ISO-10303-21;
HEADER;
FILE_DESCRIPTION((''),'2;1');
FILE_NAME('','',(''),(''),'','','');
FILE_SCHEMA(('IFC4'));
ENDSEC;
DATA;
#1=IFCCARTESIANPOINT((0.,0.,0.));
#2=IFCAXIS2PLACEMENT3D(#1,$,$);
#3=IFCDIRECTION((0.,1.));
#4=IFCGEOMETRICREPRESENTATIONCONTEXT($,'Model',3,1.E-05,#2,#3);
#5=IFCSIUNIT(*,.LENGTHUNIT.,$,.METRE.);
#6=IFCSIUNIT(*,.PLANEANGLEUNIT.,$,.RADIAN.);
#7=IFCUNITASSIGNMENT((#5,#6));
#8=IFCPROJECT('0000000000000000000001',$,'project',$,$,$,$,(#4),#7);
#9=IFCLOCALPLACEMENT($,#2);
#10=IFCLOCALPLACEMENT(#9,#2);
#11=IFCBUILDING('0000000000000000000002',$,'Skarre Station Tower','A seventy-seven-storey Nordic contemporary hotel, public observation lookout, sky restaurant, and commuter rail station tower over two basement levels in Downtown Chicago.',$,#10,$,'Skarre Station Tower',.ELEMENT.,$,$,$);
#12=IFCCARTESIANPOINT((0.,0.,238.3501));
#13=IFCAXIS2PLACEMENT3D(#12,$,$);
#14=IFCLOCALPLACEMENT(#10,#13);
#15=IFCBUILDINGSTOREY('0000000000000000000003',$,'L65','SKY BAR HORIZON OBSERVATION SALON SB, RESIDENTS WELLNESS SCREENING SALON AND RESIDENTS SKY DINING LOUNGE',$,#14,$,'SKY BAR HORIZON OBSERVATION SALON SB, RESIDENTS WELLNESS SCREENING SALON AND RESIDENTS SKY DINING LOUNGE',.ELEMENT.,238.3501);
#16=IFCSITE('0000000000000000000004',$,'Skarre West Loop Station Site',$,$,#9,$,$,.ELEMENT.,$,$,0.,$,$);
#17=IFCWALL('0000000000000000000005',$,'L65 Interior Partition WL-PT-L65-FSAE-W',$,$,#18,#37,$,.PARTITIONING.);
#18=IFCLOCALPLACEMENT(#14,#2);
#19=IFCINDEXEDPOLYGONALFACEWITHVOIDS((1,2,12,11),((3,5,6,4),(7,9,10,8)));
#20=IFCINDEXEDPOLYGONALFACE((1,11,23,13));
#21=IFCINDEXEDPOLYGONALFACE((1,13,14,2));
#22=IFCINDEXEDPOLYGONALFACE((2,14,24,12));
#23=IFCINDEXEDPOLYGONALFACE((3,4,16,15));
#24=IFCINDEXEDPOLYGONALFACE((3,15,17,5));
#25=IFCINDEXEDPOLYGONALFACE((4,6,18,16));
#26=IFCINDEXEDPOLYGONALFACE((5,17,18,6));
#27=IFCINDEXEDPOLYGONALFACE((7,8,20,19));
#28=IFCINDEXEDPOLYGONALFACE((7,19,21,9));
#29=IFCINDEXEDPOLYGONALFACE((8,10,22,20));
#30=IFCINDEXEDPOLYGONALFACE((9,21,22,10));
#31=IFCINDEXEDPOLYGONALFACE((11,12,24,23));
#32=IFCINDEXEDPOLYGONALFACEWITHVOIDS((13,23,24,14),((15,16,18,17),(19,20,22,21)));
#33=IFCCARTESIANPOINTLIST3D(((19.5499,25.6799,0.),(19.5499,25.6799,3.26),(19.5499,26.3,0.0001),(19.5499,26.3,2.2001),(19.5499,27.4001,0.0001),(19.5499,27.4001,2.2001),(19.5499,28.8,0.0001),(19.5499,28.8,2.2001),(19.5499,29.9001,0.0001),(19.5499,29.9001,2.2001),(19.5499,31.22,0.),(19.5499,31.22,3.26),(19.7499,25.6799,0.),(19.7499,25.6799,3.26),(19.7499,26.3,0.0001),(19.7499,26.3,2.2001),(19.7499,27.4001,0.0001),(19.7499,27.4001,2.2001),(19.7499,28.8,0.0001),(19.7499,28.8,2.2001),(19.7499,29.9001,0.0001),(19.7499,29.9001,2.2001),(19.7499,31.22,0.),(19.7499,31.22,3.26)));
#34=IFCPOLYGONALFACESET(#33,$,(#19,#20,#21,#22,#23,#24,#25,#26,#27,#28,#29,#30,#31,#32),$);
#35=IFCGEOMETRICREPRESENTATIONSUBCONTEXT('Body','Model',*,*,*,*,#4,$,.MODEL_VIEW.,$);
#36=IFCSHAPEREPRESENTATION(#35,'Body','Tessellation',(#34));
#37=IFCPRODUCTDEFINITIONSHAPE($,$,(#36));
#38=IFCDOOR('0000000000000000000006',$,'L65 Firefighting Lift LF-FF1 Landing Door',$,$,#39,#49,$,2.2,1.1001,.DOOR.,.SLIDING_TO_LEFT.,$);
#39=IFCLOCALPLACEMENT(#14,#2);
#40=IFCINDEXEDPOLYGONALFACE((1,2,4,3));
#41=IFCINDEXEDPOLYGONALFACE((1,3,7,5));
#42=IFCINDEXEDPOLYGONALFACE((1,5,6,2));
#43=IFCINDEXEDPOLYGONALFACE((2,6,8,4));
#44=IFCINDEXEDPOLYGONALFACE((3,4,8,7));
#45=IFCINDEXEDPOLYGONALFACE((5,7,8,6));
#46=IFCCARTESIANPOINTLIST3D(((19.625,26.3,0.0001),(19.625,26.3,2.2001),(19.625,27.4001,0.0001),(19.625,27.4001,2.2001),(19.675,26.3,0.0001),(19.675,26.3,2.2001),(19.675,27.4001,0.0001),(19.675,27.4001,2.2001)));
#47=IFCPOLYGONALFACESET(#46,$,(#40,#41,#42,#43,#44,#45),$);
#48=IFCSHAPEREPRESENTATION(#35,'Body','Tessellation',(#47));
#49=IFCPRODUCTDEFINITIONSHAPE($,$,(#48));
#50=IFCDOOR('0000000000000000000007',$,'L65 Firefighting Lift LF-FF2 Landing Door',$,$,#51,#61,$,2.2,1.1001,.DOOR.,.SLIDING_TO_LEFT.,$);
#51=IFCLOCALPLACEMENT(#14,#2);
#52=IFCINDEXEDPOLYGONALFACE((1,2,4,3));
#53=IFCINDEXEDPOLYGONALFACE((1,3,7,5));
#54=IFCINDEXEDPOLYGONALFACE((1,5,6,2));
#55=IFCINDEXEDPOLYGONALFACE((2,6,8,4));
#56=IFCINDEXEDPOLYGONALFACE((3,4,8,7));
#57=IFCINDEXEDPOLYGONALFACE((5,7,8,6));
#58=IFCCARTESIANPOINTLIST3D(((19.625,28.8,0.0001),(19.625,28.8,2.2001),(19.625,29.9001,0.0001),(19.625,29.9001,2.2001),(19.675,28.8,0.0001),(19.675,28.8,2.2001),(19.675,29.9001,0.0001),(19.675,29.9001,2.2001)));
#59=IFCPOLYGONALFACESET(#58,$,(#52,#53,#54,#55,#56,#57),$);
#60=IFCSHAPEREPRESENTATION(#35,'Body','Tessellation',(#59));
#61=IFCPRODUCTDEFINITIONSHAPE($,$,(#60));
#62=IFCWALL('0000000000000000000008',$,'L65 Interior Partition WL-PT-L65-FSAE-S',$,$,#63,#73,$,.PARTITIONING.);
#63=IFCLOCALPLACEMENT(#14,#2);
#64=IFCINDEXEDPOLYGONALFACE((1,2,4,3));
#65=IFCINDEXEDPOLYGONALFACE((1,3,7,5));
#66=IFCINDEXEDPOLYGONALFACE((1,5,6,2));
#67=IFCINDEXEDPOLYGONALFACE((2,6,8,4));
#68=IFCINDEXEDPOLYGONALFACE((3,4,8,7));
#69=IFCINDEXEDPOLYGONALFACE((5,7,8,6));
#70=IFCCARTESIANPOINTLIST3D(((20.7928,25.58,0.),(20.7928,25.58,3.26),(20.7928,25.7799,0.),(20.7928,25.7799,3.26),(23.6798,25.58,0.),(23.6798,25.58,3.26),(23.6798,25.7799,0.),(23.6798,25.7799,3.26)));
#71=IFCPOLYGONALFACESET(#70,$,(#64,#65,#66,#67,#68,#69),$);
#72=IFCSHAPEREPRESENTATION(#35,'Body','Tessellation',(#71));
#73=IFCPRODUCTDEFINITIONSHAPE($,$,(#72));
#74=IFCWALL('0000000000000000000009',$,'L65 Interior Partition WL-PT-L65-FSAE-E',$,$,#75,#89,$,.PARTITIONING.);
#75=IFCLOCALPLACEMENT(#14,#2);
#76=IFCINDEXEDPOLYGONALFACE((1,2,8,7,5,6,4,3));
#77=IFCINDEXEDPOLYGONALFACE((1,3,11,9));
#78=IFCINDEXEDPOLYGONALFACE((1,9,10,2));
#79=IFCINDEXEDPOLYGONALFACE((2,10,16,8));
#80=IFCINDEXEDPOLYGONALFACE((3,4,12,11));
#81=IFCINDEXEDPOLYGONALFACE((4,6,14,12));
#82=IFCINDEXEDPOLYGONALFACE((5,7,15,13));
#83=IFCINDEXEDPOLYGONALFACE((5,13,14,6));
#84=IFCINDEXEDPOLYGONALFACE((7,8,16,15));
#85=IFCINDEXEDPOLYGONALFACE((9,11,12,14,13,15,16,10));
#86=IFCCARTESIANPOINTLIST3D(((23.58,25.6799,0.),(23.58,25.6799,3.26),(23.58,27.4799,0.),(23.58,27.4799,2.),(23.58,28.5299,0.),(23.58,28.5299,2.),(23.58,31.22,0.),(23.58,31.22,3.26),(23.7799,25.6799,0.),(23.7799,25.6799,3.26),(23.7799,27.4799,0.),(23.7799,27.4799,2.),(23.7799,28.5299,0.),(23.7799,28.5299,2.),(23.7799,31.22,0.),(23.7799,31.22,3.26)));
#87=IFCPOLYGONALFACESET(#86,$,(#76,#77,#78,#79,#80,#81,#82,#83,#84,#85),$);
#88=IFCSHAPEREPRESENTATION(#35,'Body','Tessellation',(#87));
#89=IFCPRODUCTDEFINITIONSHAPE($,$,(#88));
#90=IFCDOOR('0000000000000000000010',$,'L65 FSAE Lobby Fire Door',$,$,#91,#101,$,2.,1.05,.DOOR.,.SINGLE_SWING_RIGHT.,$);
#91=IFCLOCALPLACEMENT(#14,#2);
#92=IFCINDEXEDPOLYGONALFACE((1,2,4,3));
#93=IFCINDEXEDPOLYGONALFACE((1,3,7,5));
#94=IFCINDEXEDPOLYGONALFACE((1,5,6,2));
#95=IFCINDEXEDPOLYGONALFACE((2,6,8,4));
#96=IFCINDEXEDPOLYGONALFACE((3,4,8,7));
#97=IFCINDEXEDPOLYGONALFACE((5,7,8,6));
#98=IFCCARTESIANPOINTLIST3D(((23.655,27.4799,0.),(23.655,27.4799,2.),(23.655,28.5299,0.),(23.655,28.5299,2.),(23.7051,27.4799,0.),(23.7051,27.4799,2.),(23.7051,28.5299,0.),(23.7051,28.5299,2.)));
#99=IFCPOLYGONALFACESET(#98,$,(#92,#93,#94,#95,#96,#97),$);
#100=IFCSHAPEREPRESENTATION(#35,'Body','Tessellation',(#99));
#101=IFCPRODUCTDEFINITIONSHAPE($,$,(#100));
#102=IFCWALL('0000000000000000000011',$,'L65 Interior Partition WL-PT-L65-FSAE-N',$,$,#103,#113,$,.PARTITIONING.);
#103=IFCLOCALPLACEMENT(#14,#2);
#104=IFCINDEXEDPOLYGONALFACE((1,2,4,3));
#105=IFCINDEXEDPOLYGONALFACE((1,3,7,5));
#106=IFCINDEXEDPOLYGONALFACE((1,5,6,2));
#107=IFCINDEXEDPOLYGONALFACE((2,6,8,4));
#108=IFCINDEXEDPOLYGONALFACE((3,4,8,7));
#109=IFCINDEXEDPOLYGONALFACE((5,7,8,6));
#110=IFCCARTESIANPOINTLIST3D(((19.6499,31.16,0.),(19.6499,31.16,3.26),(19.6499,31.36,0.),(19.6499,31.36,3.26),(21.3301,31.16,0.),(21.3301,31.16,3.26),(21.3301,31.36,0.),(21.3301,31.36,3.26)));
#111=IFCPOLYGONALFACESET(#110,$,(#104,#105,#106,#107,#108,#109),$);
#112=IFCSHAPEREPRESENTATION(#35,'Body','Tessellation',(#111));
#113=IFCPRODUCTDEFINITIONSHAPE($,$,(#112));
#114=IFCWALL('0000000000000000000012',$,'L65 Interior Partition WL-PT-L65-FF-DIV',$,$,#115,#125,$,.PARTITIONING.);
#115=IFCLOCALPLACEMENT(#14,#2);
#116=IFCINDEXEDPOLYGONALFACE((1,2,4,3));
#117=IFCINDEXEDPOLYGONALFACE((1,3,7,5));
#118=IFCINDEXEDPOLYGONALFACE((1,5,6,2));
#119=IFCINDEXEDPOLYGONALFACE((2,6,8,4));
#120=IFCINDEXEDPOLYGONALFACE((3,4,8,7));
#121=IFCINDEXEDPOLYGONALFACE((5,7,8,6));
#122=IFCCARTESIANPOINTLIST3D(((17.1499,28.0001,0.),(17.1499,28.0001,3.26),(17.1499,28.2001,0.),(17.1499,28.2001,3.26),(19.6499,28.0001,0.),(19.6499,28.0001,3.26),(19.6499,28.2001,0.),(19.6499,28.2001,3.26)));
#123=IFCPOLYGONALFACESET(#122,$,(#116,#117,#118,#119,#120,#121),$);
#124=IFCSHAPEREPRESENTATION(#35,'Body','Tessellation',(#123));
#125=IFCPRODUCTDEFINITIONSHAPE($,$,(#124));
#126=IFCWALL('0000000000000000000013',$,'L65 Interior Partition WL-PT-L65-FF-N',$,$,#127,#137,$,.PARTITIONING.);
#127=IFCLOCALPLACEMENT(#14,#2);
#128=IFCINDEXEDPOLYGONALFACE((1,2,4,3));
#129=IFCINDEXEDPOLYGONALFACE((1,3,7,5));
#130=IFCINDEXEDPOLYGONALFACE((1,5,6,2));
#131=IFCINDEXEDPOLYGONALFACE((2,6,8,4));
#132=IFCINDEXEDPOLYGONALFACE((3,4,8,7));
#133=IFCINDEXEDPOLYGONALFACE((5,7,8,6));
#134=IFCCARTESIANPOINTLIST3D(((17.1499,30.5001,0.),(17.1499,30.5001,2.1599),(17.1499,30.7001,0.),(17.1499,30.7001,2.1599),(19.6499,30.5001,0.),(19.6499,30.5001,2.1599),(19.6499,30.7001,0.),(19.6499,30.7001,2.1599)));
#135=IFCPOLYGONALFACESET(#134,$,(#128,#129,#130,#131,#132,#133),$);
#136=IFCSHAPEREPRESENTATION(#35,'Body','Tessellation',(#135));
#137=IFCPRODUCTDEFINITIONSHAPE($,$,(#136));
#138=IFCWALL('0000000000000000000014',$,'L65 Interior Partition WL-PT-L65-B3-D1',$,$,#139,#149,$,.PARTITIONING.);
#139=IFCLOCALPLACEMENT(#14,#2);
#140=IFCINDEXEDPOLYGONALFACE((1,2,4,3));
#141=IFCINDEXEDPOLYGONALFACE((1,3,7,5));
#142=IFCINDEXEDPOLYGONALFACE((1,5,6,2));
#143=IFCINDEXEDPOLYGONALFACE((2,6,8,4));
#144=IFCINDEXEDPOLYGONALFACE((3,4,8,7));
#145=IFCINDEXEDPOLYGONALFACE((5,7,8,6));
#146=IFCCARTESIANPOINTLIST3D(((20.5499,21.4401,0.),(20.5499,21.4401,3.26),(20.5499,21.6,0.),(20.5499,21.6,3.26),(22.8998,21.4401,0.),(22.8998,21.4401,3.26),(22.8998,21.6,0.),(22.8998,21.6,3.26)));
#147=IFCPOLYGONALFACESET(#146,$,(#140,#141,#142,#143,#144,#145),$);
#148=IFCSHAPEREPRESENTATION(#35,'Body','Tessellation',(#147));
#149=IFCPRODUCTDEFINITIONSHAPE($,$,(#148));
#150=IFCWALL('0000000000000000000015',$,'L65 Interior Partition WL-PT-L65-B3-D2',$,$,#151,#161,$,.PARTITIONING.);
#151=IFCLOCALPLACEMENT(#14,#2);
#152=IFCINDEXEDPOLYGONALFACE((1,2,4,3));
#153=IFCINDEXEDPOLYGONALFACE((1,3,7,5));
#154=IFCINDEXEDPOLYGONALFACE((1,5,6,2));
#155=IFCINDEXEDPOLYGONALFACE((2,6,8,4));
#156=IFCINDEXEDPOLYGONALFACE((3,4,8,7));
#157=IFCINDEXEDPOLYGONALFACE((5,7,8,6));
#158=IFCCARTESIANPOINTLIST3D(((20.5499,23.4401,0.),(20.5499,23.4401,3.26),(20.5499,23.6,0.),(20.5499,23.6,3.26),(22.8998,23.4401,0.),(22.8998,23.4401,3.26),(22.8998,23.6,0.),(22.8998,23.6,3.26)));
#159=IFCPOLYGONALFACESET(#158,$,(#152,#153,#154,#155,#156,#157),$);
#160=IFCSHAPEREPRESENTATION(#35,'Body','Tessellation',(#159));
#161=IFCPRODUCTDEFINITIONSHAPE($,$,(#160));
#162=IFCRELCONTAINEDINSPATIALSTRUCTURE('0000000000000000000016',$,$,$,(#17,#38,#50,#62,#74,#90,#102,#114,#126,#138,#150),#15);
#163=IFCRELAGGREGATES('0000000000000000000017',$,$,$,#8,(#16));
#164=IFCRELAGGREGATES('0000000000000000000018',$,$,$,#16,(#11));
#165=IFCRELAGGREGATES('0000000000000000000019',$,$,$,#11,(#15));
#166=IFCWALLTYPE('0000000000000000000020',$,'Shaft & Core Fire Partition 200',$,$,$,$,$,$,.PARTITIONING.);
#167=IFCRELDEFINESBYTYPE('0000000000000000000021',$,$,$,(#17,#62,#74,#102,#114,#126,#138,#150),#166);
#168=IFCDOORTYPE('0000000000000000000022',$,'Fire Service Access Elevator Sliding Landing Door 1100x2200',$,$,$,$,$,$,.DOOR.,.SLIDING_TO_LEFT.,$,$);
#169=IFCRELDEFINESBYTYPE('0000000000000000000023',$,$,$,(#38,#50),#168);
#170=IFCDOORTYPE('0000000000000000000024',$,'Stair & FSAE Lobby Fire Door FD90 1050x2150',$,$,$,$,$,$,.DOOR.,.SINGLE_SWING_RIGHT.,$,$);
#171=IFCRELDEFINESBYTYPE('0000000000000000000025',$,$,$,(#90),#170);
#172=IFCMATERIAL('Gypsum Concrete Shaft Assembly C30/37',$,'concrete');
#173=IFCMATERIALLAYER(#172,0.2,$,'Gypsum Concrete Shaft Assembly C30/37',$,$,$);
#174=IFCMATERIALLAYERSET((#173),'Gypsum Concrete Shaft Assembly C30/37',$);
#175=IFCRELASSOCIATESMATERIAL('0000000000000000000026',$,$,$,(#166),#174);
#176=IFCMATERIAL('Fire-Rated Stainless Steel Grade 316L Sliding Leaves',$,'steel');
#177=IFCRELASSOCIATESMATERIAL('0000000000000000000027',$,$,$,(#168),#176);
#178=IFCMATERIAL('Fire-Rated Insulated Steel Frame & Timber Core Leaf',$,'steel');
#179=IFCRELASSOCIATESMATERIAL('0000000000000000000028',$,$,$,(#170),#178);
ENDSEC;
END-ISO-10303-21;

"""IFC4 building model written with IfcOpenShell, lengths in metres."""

from ifc_helpers import new_model, si_unit, direction, frame, frame_2d, origin, place, context, subcontext, project, spatial, rectangle, extrude, material, layer, layer_set, type_object, element, fill, save


model = new_model("IFC4")

# Units and contexts
model_context = context("Model", 3, precision=1e-05, world=origin(), true_north=direction((0.0, 1.0)))
body_context = subcontext(model_context, "Body", "Model", "MODEL_VIEW")
ifc_project = project(units=[si_unit("LENGTHUNIT", "METRE"), si_unit("PLANEANGLEUNIT", "RADIAN")], contexts=[model_context])

# Site, building, storey
site_placement = place(None, origin())
site = spatial("IfcSite", under=ifc_project, at=site_placement, Name="Skarre West Loop Station Site", CompositionType="ELEMENT", RefElevation=0.0)
building_placement = place(site_placement, origin())
building = spatial("IfcBuilding", under=site, at=building_placement, Name="Skarre Station Tower", Description="A seventy-seven-storey Nordic contemporary hotel, public observation lookout, sky restaurant, and commuter rail station tower over two basement levels in Downtown Chicago.", LongName="Skarre Station Tower", CompositionType="ELEMENT")
storey_placement = place(building_placement, frame((0.0, 0.0, 238.3501)))
storey = spatial("IfcBuildingStorey", under=building, at=storey_placement, Name="L65", Description="SKY BAR HORIZON OBSERVATION SALON SB, RESIDENTS WELLNESS SCREENING SALON AND RESIDENTS SKY DINING LOUNGE", LongName="SKY BAR HORIZON OBSERVATION SALON SB, RESIDENTS WELLNESS SCREENING SALON AND RESIDENTS SKY DINING LOUNGE", CompositionType="ELEMENT", Elevation=238.3501)

# Wall, openings, doors
ifc_material_1 = material(Name="Gypsum Concrete Shaft Assembly C30/37", Category="concrete")
ifc_layer_1 = layer(ifc_material_1, 0.2, Name="Gypsum Concrete Shaft Assembly C30/37")
ifc_layer_set_1 = layer_set([ifc_layer_1], Name="Gypsum Concrete Shaft Assembly C30/37")
wall_type_1 = type_object("IfcWallType", Name="Shaft & Core Fire Partition 200", PredefinedType="PARTITIONING", material=ifc_layer_set_1)
wall_1_placement = place(storey_placement, frame((19.6499, 25.6799, 0.0), z_axis=(0.0, 0.0, 1.0), x_axis=(0.0, 1.0, 0.0)))
wall_1 = element("IfcWall", 1, at=wall_1_placement, inside=storey, type_object=wall_type_1, Name="L65 Interior Partition WL-PT-L65-FSAE-W", PredefinedType="PARTITIONING", context=body_context, shape_type="SweptSolid", body=[
    extrude(rectangle(XDim=5.54, YDim=0.2, at=frame_2d((2.77, 0.0))), origin(), (0.0, 0.0, 1.0), 3.26),
])
opening_1_placement = place(wall_1_placement, frame((0.6201, 0.0, 0.0)))
opening_1 = element("IfcOpeningElement", 2, at=opening_1_placement, cuts=wall_1, PredefinedType="OPENING", context=body_context, shape_type="SweptSolid", body=[
    extrude(rectangle(XDim=1.1001, YDim=2.2, at=frame_2d((0.55, 1.1001))), frame((0.0, 0.1099, 0.0), z_axis=(0.0, -1.0, 0.0), x_axis=(1.0, 0.0, 0.0)), (0.0, 0.0, 1.0), 0.22),
])
opening_2_placement = place(wall_1_placement, frame((3.1201, 0.0, 0.0)))
opening_2 = element("IfcOpeningElement", 3, at=opening_2_placement, cuts=wall_1, PredefinedType="OPENING", context=body_context, shape_type="SweptSolid", body=[
    extrude(rectangle(XDim=1.1001, YDim=2.2, at=frame_2d((0.55, 1.1001))), frame((0.0, 0.1099, 0.0), z_axis=(0.0, -1.0, 0.0), x_axis=(1.0, 0.0, 0.0)), (0.0, 0.0, 1.0), 0.22),
])
ifc_material_2 = material(Name="Fire-Rated Stainless Steel Grade 316L Sliding Leaves", Category="steel")
door_type_1 = type_object("IfcDoorType", Name="Fire Service Access Elevator Sliding Landing Door 1100x2200", OperationType="SLIDING_TO_LEFT", PredefinedType="DOOR", material=ifc_material_2)
door_1_placement = place(opening_1_placement, origin())
door_1 = element("IfcDoor", 4, at=door_1_placement, inside=storey, type_object=door_type_1, Name="L65 Firefighting Lift LF-FF1 Landing Door", OperationType="SLIDING_TO_LEFT", OverallHeight=2.2, OverallWidth=1.1001, PredefinedType="DOOR", context=body_context, shape_type="SweptSolid", body=[
    extrude(rectangle(XDim=1.1001, YDim=2.2, at=frame_2d((0.55, 1.1001))), frame((0.0, 0.0249, 0.0), z_axis=(0.0, -1.0, 0.0), x_axis=(1.0, 0.0, 0.0)), (0.0, 0.0, 1.0), 0.05),
])
fill(opening_1, door_1)
door_2_placement = place(opening_2_placement, origin())
door_2 = element("IfcDoor", 5, at=door_2_placement, inside=storey, type_object=door_type_1, Name="L65 Firefighting Lift LF-FF2 Landing Door", OperationType="SLIDING_TO_LEFT", OverallHeight=2.2, OverallWidth=1.1001, PredefinedType="DOOR", context=body_context, shape_type="SweptSolid", body=[
    extrude(rectangle(XDim=1.1001, YDim=2.2, at=frame_2d((0.55, 1.1001))), frame((0.0, 0.0249, 0.0), z_axis=(0.0, -1.0, 0.0), x_axis=(1.0, 0.0, 0.0)), (0.0, 0.0, 1.0), 0.05),
])
fill(opening_2, door_2)

# Wall
wall_2_placement = place(storey_placement, frame((20.793, 25.6799, 0.0), z_axis=(0.0, 0.0, 1.0), x_axis=(1.0, 0.0, 0.0)))
element("IfcWall", 6, at=wall_2_placement, inside=storey, type_object=wall_type_1, Name="L65 Interior Partition WL-PT-L65-FSAE-S", PredefinedType="PARTITIONING", context=body_context, shape_type="SweptSolid", body=[
    extrude(rectangle(XDim=2.887, YDim=0.2, at=frame_2d((1.4434, 0.0))), origin(), (0.0, 0.0, 1.0), 3.26),
])

# Wall, opening, door
wall_3_placement = place(storey_placement, frame((23.6799, 25.6799, 0.0), z_axis=(0.0, 0.0, 1.0), x_axis=(0.0, 1.0, 0.0)))
wall_3 = element("IfcWall", 7, at=wall_3_placement, inside=storey, type_object=wall_type_1, Name="L65 Interior Partition WL-PT-L65-FSAE-E", PredefinedType="PARTITIONING", context=body_context, shape_type="SweptSolid", body=[
    extrude(rectangle(XDim=5.54, YDim=0.2, at=frame_2d((2.77, 0.0))), origin(), (0.0, 0.0, 1.0), 3.26),
])
opening_3_placement = place(wall_3_placement, frame((1.8, 0.0, 0.0)))
opening_3 = element("IfcOpeningElement", 8, at=opening_3_placement, cuts=wall_3, PredefinedType="OPENING", context=body_context, shape_type="SweptSolid", body=[
    extrude(rectangle(XDim=1.05, YDim=2.0, at=frame_2d((0.5249, 1.0))), frame((0.0, 0.1099, 0.0), z_axis=(0.0, -1.0, 0.0), x_axis=(1.0, 0.0, 0.0)), (0.0, 0.0, 1.0), 0.22),
])
ifc_material_3 = material(Name="Fire-Rated Insulated Steel Frame & Timber Core Leaf", Category="steel")
door_type_2 = type_object("IfcDoorType", Name="Stair & FSAE Lobby Fire Door FD90 1050x2150", OperationType="SINGLE_SWING_RIGHT", PredefinedType="DOOR", material=ifc_material_3)
door_3_placement = place(opening_3_placement, origin())
door_3 = element("IfcDoor", 9, at=door_3_placement, inside=storey, type_object=door_type_2, Name="L65 FSAE Lobby Fire Door", OperationType="SINGLE_SWING_RIGHT", OverallHeight=2.0, OverallWidth=1.05, PredefinedType="DOOR", context=body_context, shape_type="SweptSolid", body=[
    extrude(rectangle(XDim=1.05, YDim=2.0, at=frame_2d((0.5249, 1.0))), frame((0.0, 0.0249, 0.0), z_axis=(0.0, -1.0, 0.0), x_axis=(1.0, 0.0, 0.0)), (0.0, 0.0, 1.0), 0.05),
])
fill(opening_3, door_3)

# Walls
wall_4_placement = place(storey_placement, frame((21.3301, 31.26, 0.0), z_axis=(0.0, 0.0, 1.0), x_axis=(-1.0, 0.0, 0.0)))
element("IfcWall", 10, at=wall_4_placement, inside=storey, type_object=wall_type_1, Name="L65 Interior Partition WL-PT-L65-FSAE-N", PredefinedType="PARTITIONING", context=body_context, shape_type="SweptSolid", body=[
    extrude(rectangle(XDim=1.6802, YDim=0.2, at=frame_2d((0.8401, 0.0))), origin(), (0.0, 0.0, 1.0), 3.26),
])
wall_5_placement = place(storey_placement, frame((17.1499, 28.1001, 0.0), z_axis=(0.0, 0.0, 1.0), x_axis=(1.0, 0.0, 0.0)))
element("IfcWall", 11, at=wall_5_placement, inside=storey, type_object=wall_type_1, Name="L65 Interior Partition WL-PT-L65-FF-DIV", PredefinedType="PARTITIONING", context=body_context, shape_type="SweptSolid", body=[
    extrude(rectangle(XDim=2.5, YDim=0.2, at=frame_2d((1.25, 0.0))), origin(), (0.0, 0.0, 1.0), 3.26),
])
wall_6_placement = place(storey_placement, frame((19.6499, 30.6001, 0.0), z_axis=(0.0, 0.0, 1.0), x_axis=(-1.0, 0.0, 0.0)))
element("IfcWall", 12, at=wall_6_placement, inside=storey, type_object=wall_type_1, Name="L65 Interior Partition WL-PT-L65-FF-N", PredefinedType="PARTITIONING", context=body_context, shape_type="SweptSolid", body=[
    extrude(rectangle(XDim=2.5, YDim=0.2, at=frame_2d((1.25, 0.0))), origin(), (0.0, 0.0, 1.0), 2.1599),
])
for number, where, z_axis, x_axis, name in (
    (13, (20.55, 21.52, 0.0), (0.0, 0.0, 1.0), (1.0, 0.0, 0.0), "L65 Interior Partition WL-PT-L65-B3-D1"),
    (14, (20.55, 23.52, 0.0), (0.0, 0.0, 1.0), (1.0, 0.0, 0.0), "L65 Interior Partition WL-PT-L65-B3-D2"),
):
    element("IfcWall", number, at=place(storey_placement, frame(where, z_axis=z_axis, x_axis=x_axis)), inside=storey, type_object=wall_type_1, Name=name, PredefinedType="PARTITIONING", context=body_context, shape_type="SweptSolid", body=[
        extrude(rectangle(XDim=2.3499, YDim=0.1599, at=frame_2d((1.1748, 0.0))), origin(), (0.0, 0.0, 1.0), 3.26),
    ])

save(model, "model.ifc")
